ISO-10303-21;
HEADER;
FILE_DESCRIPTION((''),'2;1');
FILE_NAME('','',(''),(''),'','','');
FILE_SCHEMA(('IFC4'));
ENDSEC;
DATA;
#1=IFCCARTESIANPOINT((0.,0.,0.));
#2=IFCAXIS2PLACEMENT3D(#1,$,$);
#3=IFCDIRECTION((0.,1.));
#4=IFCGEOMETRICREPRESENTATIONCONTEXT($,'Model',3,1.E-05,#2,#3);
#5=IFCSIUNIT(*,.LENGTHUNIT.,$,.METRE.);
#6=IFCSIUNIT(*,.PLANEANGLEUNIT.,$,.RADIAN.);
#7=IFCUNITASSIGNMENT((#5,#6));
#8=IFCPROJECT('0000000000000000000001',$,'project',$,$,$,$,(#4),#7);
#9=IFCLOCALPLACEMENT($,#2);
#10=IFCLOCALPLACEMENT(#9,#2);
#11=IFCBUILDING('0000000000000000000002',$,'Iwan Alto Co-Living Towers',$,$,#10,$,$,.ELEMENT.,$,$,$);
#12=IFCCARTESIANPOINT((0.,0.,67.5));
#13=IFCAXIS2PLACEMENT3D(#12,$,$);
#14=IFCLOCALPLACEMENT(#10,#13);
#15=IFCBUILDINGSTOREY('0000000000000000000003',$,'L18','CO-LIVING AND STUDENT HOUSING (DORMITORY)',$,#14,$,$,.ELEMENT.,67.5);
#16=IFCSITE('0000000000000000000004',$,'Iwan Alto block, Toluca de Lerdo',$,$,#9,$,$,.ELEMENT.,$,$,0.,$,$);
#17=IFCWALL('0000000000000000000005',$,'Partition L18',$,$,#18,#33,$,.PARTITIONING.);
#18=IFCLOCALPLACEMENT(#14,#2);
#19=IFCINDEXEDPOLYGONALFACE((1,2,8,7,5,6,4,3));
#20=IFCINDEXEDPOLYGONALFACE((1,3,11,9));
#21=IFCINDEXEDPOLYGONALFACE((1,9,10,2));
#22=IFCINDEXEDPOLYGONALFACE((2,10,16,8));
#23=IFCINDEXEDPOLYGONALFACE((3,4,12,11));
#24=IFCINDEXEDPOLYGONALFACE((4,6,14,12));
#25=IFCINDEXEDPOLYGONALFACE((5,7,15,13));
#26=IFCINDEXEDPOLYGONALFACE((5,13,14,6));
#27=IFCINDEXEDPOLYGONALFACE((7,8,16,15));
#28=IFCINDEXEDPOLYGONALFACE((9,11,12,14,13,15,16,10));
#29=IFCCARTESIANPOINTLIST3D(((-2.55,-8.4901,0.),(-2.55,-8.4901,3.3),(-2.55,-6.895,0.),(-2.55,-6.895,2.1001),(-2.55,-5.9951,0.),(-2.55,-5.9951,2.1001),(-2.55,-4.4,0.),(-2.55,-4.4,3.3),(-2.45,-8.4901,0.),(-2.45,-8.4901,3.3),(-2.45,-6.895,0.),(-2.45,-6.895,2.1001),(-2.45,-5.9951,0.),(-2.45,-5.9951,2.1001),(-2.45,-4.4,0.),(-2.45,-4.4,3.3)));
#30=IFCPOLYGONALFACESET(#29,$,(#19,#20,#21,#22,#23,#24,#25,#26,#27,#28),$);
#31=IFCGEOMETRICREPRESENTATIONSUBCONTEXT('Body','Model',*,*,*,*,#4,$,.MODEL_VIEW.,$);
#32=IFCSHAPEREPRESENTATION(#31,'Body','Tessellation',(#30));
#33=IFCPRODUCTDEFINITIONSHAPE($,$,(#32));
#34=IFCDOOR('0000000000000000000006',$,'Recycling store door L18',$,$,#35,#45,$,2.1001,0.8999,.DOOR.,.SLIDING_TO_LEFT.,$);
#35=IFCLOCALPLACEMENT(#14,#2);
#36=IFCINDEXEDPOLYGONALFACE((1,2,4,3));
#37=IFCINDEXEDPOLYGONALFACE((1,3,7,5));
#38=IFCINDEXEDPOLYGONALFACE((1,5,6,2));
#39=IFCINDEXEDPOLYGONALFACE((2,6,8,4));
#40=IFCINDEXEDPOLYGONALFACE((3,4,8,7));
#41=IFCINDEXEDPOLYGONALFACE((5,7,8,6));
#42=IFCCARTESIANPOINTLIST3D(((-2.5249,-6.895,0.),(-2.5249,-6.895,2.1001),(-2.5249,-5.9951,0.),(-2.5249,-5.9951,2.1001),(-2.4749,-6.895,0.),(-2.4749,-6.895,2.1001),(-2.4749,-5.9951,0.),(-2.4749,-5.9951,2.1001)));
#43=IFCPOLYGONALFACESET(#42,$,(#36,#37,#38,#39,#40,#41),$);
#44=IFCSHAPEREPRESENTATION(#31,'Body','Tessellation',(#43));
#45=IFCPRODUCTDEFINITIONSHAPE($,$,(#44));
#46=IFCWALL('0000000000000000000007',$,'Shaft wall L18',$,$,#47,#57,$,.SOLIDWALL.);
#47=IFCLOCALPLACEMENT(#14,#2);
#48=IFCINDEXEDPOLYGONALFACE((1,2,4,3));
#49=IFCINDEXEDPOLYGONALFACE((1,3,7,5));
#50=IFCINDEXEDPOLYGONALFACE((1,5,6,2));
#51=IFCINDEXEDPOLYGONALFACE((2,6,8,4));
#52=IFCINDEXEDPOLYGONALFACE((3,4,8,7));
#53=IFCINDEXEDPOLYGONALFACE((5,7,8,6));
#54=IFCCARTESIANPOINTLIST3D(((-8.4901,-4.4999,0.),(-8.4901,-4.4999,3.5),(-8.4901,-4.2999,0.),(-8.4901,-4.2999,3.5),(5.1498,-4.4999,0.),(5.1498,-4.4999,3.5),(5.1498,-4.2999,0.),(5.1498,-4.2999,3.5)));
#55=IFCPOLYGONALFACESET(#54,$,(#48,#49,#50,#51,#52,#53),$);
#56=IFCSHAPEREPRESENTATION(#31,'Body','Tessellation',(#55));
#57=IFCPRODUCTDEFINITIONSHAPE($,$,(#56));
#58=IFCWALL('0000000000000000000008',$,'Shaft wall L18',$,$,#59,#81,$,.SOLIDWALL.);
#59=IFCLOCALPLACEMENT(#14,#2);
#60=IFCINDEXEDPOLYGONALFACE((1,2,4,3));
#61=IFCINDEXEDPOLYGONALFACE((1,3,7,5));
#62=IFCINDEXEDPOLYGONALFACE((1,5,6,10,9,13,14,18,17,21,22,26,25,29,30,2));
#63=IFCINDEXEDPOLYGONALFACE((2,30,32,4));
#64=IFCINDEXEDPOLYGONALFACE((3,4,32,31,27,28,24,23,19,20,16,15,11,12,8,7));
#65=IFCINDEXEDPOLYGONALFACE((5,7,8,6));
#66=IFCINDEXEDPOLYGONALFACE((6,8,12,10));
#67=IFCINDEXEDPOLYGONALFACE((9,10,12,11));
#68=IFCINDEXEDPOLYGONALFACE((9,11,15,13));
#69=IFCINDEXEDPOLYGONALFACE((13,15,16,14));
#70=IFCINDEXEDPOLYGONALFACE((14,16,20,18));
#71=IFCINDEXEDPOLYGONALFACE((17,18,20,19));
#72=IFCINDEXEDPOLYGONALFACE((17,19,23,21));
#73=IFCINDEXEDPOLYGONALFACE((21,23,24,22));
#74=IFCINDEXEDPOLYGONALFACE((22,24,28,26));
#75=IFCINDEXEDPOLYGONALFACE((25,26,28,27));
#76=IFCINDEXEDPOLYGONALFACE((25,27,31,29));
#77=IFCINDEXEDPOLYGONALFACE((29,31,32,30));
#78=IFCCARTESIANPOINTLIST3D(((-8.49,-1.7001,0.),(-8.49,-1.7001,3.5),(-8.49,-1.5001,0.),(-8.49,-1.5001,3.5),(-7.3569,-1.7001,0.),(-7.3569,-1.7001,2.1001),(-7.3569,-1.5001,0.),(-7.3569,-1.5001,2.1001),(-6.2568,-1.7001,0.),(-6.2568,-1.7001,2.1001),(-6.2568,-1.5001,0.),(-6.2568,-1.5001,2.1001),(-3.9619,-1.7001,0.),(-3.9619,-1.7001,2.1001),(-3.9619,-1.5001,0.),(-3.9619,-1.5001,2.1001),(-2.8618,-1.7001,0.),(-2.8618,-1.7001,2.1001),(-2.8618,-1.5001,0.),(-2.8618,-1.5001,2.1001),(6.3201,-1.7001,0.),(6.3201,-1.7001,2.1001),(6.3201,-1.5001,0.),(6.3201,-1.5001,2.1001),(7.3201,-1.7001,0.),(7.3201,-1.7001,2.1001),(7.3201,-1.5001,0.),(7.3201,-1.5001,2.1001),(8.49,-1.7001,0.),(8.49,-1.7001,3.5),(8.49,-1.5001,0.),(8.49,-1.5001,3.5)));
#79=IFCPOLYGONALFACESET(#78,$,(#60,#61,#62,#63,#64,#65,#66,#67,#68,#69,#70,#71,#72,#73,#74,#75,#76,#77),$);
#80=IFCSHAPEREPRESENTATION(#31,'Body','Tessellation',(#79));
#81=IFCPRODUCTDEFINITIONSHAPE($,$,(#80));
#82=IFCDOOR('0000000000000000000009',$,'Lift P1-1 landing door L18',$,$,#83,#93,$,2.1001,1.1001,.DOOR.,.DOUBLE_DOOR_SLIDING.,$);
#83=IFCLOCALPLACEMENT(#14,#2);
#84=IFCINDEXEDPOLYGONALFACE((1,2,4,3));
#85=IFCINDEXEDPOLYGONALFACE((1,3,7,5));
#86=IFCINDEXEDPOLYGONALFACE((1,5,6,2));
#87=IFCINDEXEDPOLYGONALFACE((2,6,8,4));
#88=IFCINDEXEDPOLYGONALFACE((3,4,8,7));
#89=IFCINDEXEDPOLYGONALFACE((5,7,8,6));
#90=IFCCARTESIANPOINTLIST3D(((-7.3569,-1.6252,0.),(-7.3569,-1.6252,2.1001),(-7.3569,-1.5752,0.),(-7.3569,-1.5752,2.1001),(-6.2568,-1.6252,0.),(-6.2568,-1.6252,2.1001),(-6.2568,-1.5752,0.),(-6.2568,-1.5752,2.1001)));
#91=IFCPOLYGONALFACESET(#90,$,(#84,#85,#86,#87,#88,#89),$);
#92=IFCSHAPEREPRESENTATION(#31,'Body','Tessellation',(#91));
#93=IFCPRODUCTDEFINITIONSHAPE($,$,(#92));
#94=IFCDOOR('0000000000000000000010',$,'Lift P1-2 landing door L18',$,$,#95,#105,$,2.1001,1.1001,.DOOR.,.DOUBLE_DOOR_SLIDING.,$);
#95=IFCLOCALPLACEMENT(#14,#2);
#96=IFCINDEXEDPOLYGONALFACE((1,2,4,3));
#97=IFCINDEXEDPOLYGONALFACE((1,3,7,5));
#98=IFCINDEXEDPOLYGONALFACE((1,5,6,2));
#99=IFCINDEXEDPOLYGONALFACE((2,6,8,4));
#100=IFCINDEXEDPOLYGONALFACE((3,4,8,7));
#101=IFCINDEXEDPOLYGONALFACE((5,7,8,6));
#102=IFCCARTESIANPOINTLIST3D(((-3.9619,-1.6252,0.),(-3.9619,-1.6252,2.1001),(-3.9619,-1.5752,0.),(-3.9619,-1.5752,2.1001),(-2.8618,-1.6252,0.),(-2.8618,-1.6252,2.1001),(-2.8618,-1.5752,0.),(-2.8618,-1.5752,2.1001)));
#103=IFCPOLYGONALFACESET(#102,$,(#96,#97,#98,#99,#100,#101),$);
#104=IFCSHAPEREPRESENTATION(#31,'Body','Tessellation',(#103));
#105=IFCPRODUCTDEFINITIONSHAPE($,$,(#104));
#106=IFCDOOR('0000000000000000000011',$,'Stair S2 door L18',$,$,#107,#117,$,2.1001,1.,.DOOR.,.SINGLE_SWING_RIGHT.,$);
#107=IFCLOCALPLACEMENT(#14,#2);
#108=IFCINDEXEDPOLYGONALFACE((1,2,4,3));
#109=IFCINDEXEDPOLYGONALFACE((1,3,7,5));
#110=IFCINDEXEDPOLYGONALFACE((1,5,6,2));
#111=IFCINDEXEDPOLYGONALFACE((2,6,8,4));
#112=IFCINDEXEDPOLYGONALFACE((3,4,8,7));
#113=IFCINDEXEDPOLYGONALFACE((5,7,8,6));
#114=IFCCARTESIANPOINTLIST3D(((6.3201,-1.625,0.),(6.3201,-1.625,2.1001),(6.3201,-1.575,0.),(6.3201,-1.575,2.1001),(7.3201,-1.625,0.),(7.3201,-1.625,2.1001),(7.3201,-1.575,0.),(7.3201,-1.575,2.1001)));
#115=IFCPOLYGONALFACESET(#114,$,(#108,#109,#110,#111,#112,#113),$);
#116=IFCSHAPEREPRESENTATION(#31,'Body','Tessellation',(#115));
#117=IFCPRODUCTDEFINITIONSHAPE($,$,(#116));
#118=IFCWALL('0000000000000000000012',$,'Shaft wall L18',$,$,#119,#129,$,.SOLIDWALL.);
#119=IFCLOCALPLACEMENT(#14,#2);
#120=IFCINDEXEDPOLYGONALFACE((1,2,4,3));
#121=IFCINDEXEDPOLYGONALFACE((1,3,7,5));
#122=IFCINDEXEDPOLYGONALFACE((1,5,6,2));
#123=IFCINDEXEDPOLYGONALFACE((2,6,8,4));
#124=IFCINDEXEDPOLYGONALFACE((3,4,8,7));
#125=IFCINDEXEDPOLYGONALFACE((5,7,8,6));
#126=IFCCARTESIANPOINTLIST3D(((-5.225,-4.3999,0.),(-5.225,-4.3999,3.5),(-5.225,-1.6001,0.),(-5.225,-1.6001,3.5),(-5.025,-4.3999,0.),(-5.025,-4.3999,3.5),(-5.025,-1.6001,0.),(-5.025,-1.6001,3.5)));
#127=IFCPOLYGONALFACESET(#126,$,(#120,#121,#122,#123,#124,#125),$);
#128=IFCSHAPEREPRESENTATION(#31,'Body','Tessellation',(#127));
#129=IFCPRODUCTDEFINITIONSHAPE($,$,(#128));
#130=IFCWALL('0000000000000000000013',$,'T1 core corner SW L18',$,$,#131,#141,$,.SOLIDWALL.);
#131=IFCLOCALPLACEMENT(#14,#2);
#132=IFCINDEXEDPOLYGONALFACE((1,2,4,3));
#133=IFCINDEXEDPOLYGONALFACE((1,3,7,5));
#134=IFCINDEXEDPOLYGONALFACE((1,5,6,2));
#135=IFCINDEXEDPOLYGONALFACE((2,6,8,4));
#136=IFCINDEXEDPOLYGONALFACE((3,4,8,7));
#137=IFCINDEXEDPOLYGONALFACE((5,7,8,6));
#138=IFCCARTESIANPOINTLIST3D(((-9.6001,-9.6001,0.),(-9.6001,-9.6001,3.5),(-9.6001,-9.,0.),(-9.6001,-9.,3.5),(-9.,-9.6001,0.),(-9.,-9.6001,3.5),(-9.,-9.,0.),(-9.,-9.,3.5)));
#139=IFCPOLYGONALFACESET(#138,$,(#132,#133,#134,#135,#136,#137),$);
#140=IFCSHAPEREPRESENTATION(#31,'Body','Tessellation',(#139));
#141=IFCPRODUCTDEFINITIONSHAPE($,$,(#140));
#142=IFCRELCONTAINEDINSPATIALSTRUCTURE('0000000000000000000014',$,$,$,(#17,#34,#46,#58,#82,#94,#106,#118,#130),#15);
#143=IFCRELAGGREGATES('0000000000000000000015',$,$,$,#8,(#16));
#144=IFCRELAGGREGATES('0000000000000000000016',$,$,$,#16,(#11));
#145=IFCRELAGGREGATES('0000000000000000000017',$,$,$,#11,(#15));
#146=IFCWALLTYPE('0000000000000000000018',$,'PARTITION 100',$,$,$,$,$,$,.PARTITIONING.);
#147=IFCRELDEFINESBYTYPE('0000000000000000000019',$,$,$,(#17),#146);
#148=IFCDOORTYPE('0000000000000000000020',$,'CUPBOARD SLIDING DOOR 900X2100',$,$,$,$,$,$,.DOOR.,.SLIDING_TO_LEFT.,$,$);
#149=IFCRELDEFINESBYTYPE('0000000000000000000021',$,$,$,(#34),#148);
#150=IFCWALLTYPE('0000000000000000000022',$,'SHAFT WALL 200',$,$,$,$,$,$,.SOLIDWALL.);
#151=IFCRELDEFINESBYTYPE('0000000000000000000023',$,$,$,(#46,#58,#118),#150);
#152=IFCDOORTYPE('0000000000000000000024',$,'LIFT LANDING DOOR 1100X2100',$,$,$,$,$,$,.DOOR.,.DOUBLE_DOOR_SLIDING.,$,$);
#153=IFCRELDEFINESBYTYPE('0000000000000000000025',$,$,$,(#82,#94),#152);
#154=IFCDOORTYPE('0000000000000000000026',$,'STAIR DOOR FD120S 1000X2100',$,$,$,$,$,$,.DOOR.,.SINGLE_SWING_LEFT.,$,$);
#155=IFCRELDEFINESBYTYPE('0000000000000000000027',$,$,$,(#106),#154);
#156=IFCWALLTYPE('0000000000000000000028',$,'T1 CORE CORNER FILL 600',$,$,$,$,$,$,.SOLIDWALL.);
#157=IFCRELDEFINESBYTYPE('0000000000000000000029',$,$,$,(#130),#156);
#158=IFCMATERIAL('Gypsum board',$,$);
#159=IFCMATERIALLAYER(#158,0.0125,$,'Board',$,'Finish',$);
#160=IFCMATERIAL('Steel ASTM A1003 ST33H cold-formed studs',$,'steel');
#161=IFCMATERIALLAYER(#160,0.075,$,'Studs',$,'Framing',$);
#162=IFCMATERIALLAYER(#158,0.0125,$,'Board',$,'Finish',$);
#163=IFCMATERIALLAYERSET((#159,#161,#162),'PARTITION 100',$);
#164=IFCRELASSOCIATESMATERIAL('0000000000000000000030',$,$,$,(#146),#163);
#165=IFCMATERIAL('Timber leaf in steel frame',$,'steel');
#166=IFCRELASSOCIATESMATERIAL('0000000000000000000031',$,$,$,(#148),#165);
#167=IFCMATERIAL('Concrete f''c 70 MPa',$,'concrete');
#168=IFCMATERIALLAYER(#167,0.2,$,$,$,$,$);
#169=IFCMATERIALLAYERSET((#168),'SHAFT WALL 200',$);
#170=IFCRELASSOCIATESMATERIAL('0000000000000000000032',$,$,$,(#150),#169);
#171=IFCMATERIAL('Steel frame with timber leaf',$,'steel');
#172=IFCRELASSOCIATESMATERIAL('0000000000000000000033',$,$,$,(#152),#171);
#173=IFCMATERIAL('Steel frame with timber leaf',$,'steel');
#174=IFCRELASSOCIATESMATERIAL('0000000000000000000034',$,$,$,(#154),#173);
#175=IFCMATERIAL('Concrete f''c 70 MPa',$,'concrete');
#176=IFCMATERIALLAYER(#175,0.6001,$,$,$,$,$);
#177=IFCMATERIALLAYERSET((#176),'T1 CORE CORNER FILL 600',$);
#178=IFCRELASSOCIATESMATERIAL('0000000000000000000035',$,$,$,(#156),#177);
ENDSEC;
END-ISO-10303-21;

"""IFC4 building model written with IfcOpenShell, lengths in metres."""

from ifc_helpers import new_model, si_unit, direction, frame, frame_2d, origin, place, context, subcontext, project, spatial, rectangle, extrude, material, layer, layer_set, type_object, element, fill, save


model = new_model("IFC4")

# Units and contexts
model_context = context("Model", 3, precision=1e-05, world=origin(), true_north=direction((0.0, 1.0)))
body_context = subcontext(model_context, "Body", "Model", "MODEL_VIEW")
ifc_project = project(units=[si_unit("LENGTHUNIT", "METRE"), si_unit("PLANEANGLEUNIT", "RADIAN")], contexts=[model_context])

# Site, building, storey
site_placement = place(None, origin())
site = spatial("IfcSite", under=ifc_project, at=site_placement, Name="Iwan Alto block, Toluca de Lerdo", CompositionType="ELEMENT", RefElevation=0.0)
building_placement = place(site_placement, origin())
building = spatial("IfcBuilding", under=site, at=building_placement, Name="Iwan Alto Co-Living Towers", CompositionType="ELEMENT")
storey_placement = place(building_placement, frame((0.0, 0.0, 67.5)))
storey = spatial("IfcBuildingStorey", under=building, at=storey_placement, Name="L18", Description="CO-LIVING AND STUDENT HOUSING (DORMITORY)", CompositionType="ELEMENT", Elevation=67.5)

# Shared definitions
ifc_material_1 = material(Name="Gypsum board")
ifc_material_2 = material(Name="Steel ASTM A1003 ST33H cold-formed studs", Category="steel")

# Shared definitions
ifc_layer_1 = layer(ifc_material_1, 0.0125, Name="Board", Category="Finish")
ifc_layer_2 = layer(ifc_material_2, 0.075, Name="Studs", Category="Framing")
ifc_layer_3 = layer(ifc_material_1, 0.0125, Name="Board", Category="Finish")
ifc_layer_set_1 = layer_set([ifc_layer_1, ifc_layer_2, ifc_layer_3], Name="PARTITION 100")
wall_type_1 = type_object("IfcWallType", Name="PARTITION 100", PredefinedType="PARTITIONING", material=ifc_layer_set_1)

# Wall, opening, door
wall_1_placement = place(storey_placement, frame((-2.5, -8.49, 0.0), z_axis=(0.0, 0.0, 1.0), x_axis=(0.0, 1.0, 0.0)))
wall_1 = element("IfcWall", 1, at=wall_1_placement, inside=storey, type_object=wall_type_1, Name="Partition L18", PredefinedType="PARTITIONING", context=body_context, shape_type="SweptSolid", body=[
    extrude(rectangle(XDim=4.0901, YDim=0.1001, at=frame_2d((2.0449, 0.0))), origin(), (0.0, 0.0, 1.0), 3.3),
])
opening_1_placement = place(wall_1_placement, frame((1.595, 0.0, 0.0)))
opening_1 = element("IfcOpeningElement", 2, at=opening_1_placement, cuts=wall_1, PredefinedType="OPENING", context=body_context, shape_type="SweptSolid", body=[
    extrude(rectangle(XDim=0.8999, YDim=2.1001, at=frame_2d((0.45, 1.05))), frame((0.0, 0.0601, 0.0), z_axis=(0.0, -1.0, 0.0), x_axis=(1.0, 0.0, 0.0)), (0.0, 0.0, 1.0), 0.1201),
])
ifc_material_3 = material(Name="Timber leaf in steel frame", Category="steel")
door_type_1 = type_object("IfcDoorType", Name="CUPBOARD SLIDING DOOR 900X2100", OperationType="SLIDING_TO_LEFT", PredefinedType="DOOR", material=ifc_material_3)
door_1_placement = place(opening_1_placement, origin())
door_1 = element("IfcDoor", 3, at=door_1_placement, inside=storey, type_object=door_type_1, Name="Recycling store door L18", OperationType="SLIDING_TO_LEFT", OverallHeight=2.1001, OverallWidth=0.8999, PredefinedType="DOOR", context=body_context, shape_type="SweptSolid", body=[
    extrude(rectangle(XDim=0.8999, YDim=2.1001, at=frame_2d((0.45, 1.05))), frame((0.0, 0.0249, 0.0), z_axis=(0.0, -1.0, 0.0), x_axis=(1.0, 0.0, 0.0)), (0.0, 0.0, 1.0), 0.05),
])
fill(opening_1, door_1)

# Wall
ifc_material_4 = material(Name="Concrete f'c 70 MPa", Category="concrete")
ifc_layer_4 = layer(ifc_material_4, 0.2)
ifc_layer_set_2 = layer_set([ifc_layer_4], Name="SHAFT WALL 200")
wall_type_2 = type_object("IfcWallType", Name="SHAFT WALL 200", PredefinedType="SOLIDWALL", material=ifc_layer_set_2)
wall_2_placement = place(storey_placement, frame((-8.49, -4.3999, 0.0), z_axis=(0.0, 0.0, 1.0), x_axis=(1.0, 0.0, 0.0)))
element("IfcWall", 4, at=wall_2_placement, inside=storey, type_object=wall_type_2, Name="Shaft wall L18", PredefinedType="SOLIDWALL", context=body_context, shape_type="SweptSolid", body=[
    extrude(rectangle(XDim=13.6399, YDim=0.2, at=frame_2d((6.8198, 0.0))), origin(), (0.0, 0.0, 1.0), 3.5),
])

# Wall, openings, doors
wall_3_placement = place(storey_placement, frame((-8.49, -1.6001, 0.0), z_axis=(0.0, 0.0, 1.0), x_axis=(1.0, 0.0, 0.0)))
wall_3 = element("IfcWall", 5, at=wall_3_placement, inside=storey, type_object=wall_type_2, Name="Shaft wall L18", PredefinedType="SOLIDWALL", context=body_context, shape_type="SweptSolid", body=[
    extrude(rectangle(XDim=16.98, YDim=0.2, at=frame_2d((8.49, 0.0))), origin(), (0.0, 0.0, 1.0), 3.5),
])
opening_2_placement = place(wall_3_placement, frame((14.8101, 0.0, 0.0)))
opening_2 = element("IfcOpeningElement", 6, at=opening_2_placement, cuts=wall_3, PredefinedType="OPENING", context=body_context, shape_type="SweptSolid", body=[
    extrude(rectangle(XDim=1.0, YDim=2.1001, at=frame_2d((0.5, 1.05))), frame((0.0, 0.1099, 0.0), z_axis=(0.0, -1.0, 0.0), x_axis=(1.0, 0.0, 0.0)), (0.0, 0.0, 1.0), 0.22),
])
opening_3_placement = place(wall_3_placement, frame((1.1331, 0.0, 0.0)))
opening_3 = element("IfcOpeningElement", 7, at=opening_3_placement, cuts=wall_3, PredefinedType="OPENING", context=body_context, shape_type="SweptSolid", body=[
    extrude(rectangle(XDim=1.1001, YDim=2.1001, at=frame_2d((0.55, 1.05))), frame((0.0, 0.1099, 0.0), z_axis=(0.0, -1.0, 0.0), x_axis=(1.0, 0.0, 0.0)), (0.0, 0.0, 1.0), 0.22),
])
opening_4_placement = place(wall_3_placement, frame((4.5281, 0.0, 0.0)))
opening_4 = element("IfcOpeningElement", 8, at=opening_4_placement, cuts=wall_3, PredefinedType="OPENING", context=body_context, shape_type="SweptSolid", body=[
    extrude(rectangle(XDim=1.1001, YDim=2.1001, at=frame_2d((0.55, 1.05))), frame((0.0, 0.1099, 0.0), z_axis=(0.0, -1.0, 0.0), x_axis=(1.0, 0.0, 0.0)), (0.0, 0.0, 1.0), 0.22),
])
ifc_material_5 = material(Name="Steel frame with timber leaf", Category="steel")
door_type_2 = type_object("IfcDoorType", Name="LIFT LANDING DOOR 1100X2100", OperationType="DOUBLE_DOOR_SLIDING", PredefinedType="DOOR", material=ifc_material_5)
door_2_placement = place(opening_3_placement, origin())
door_2 = element("IfcDoor", 9, at=door_2_placement, inside=storey, type_object=door_type_2, Name="Lift P1-1 landing door L18", OperationType="DOUBLE_DOOR_SLIDING", OverallHeight=2.1001, OverallWidth=1.1001, PredefinedType="DOOR", context=body_context, shape_type="SweptSolid", body=[
    extrude(rectangle(XDim=1.1001, YDim=2.1001, at=frame_2d((0.55, 1.05))), frame((0.0, 0.0249, 0.0), z_axis=(0.0, -1.0, 0.0), x_axis=(1.0, 0.0, 0.0)), (0.0, 0.0, 1.0), 0.05),
])
fill(opening_3, door_2)
door_3_placement = place(opening_4_placement, origin())
door_3 = element("IfcDoor", 10, at=door_3_placement, inside=storey, type_object=door_type_2, Name="Lift P1-2 landing door L18", OperationType="DOUBLE_DOOR_SLIDING", OverallHeight=2.1001, OverallWidth=1.1001, PredefinedType="DOOR", context=body_context, shape_type="SweptSolid", body=[
    extrude(rectangle(XDim=1.1001, YDim=2.1001, at=frame_2d((0.55, 1.05))), frame((0.0, 0.0249, 0.0), z_axis=(0.0, -1.0, 0.0), x_axis=(1.0, 0.0, 0.0)), (0.0, 0.0, 1.0), 0.05),
])
fill(opening_4, door_3)
ifc_material_6 = material(Name="Steel frame with timber leaf", Category="steel")
door_type_3 = type_object("IfcDoorType", Name="STAIR DOOR FD120S 1000X2100", OperationType="SINGLE_SWING_LEFT", PredefinedType="DOOR", material=ifc_material_6)
door_4_placement = place(opening_2_placement, frame((1.0, 0.0, 0.0), z_axis=(0.0, 0.0, 1.0), x_axis=(-1.0, 0.0, 0.0)))
door_4 = element("IfcDoor", 11, at=door_4_placement, inside=storey, type_object=door_type_3, Name="Stair S2 door L18", OperationType="SINGLE_SWING_RIGHT", OverallHeight=2.1001, OverallWidth=1.0, PredefinedType="DOOR", context=body_context, shape_type="SweptSolid", body=[
    extrude(rectangle(XDim=1.0, YDim=2.1001, at=frame_2d((0.5, 1.05))), frame((0.0, 0.0249, 0.0), z_axis=(0.0, -1.0, 0.0), x_axis=(1.0, 0.0, 0.0)), (0.0, 0.0, 1.0), 0.05),
])
fill(opening_2, door_4)

# Walls
wall_4_placement = place(storey_placement, frame((-5.125, -4.3999, 0.0), z_axis=(0.0, 0.0, 1.0), x_axis=(0.0, 1.0, 0.0)))
element("IfcWall", 12, at=wall_4_placement, inside=storey, type_object=wall_type_2, Name="Shaft wall L18", PredefinedType="SOLIDWALL", context=body_context, shape_type="SweptSolid", body=[
    extrude(rectangle(XDim=2.7998, YDim=0.2, at=frame_2d((1.3999, 0.0))), origin(), (0.0, 0.0, 1.0), 3.5),
])
ifc_material_7 = material(Name="Concrete f'c 70 MPa", Category="concrete")
ifc_layer_5 = layer(ifc_material_7, 0.6001)
ifc_layer_set_3 = layer_set([ifc_layer_5], Name="T1 CORE CORNER FILL 600")
wall_type_3 = type_object("IfcWallType", Name="T1 CORE CORNER FILL 600", PredefinedType="SOLIDWALL", material=ifc_layer_set_3)
wall_5_placement = place(storey_placement, frame((-9.6001, -9.3, 0.0), z_axis=(0.0, 0.0, 1.0), x_axis=(1.0, 0.0, 0.0)))
element("IfcWall", 13, at=wall_5_placement, inside=storey, type_object=wall_type_3, Name="T1 core corner SW L18", PredefinedType="SOLIDWALL", context=body_context, shape_type="SweptSolid", body=[
    extrude(rectangle(XDim=0.6001, YDim=0.6001, at=frame_2d((0.3, 0.0))), origin(), (0.0, 0.0, 1.0), 3.5),
])

save(model, "model.ifc")
